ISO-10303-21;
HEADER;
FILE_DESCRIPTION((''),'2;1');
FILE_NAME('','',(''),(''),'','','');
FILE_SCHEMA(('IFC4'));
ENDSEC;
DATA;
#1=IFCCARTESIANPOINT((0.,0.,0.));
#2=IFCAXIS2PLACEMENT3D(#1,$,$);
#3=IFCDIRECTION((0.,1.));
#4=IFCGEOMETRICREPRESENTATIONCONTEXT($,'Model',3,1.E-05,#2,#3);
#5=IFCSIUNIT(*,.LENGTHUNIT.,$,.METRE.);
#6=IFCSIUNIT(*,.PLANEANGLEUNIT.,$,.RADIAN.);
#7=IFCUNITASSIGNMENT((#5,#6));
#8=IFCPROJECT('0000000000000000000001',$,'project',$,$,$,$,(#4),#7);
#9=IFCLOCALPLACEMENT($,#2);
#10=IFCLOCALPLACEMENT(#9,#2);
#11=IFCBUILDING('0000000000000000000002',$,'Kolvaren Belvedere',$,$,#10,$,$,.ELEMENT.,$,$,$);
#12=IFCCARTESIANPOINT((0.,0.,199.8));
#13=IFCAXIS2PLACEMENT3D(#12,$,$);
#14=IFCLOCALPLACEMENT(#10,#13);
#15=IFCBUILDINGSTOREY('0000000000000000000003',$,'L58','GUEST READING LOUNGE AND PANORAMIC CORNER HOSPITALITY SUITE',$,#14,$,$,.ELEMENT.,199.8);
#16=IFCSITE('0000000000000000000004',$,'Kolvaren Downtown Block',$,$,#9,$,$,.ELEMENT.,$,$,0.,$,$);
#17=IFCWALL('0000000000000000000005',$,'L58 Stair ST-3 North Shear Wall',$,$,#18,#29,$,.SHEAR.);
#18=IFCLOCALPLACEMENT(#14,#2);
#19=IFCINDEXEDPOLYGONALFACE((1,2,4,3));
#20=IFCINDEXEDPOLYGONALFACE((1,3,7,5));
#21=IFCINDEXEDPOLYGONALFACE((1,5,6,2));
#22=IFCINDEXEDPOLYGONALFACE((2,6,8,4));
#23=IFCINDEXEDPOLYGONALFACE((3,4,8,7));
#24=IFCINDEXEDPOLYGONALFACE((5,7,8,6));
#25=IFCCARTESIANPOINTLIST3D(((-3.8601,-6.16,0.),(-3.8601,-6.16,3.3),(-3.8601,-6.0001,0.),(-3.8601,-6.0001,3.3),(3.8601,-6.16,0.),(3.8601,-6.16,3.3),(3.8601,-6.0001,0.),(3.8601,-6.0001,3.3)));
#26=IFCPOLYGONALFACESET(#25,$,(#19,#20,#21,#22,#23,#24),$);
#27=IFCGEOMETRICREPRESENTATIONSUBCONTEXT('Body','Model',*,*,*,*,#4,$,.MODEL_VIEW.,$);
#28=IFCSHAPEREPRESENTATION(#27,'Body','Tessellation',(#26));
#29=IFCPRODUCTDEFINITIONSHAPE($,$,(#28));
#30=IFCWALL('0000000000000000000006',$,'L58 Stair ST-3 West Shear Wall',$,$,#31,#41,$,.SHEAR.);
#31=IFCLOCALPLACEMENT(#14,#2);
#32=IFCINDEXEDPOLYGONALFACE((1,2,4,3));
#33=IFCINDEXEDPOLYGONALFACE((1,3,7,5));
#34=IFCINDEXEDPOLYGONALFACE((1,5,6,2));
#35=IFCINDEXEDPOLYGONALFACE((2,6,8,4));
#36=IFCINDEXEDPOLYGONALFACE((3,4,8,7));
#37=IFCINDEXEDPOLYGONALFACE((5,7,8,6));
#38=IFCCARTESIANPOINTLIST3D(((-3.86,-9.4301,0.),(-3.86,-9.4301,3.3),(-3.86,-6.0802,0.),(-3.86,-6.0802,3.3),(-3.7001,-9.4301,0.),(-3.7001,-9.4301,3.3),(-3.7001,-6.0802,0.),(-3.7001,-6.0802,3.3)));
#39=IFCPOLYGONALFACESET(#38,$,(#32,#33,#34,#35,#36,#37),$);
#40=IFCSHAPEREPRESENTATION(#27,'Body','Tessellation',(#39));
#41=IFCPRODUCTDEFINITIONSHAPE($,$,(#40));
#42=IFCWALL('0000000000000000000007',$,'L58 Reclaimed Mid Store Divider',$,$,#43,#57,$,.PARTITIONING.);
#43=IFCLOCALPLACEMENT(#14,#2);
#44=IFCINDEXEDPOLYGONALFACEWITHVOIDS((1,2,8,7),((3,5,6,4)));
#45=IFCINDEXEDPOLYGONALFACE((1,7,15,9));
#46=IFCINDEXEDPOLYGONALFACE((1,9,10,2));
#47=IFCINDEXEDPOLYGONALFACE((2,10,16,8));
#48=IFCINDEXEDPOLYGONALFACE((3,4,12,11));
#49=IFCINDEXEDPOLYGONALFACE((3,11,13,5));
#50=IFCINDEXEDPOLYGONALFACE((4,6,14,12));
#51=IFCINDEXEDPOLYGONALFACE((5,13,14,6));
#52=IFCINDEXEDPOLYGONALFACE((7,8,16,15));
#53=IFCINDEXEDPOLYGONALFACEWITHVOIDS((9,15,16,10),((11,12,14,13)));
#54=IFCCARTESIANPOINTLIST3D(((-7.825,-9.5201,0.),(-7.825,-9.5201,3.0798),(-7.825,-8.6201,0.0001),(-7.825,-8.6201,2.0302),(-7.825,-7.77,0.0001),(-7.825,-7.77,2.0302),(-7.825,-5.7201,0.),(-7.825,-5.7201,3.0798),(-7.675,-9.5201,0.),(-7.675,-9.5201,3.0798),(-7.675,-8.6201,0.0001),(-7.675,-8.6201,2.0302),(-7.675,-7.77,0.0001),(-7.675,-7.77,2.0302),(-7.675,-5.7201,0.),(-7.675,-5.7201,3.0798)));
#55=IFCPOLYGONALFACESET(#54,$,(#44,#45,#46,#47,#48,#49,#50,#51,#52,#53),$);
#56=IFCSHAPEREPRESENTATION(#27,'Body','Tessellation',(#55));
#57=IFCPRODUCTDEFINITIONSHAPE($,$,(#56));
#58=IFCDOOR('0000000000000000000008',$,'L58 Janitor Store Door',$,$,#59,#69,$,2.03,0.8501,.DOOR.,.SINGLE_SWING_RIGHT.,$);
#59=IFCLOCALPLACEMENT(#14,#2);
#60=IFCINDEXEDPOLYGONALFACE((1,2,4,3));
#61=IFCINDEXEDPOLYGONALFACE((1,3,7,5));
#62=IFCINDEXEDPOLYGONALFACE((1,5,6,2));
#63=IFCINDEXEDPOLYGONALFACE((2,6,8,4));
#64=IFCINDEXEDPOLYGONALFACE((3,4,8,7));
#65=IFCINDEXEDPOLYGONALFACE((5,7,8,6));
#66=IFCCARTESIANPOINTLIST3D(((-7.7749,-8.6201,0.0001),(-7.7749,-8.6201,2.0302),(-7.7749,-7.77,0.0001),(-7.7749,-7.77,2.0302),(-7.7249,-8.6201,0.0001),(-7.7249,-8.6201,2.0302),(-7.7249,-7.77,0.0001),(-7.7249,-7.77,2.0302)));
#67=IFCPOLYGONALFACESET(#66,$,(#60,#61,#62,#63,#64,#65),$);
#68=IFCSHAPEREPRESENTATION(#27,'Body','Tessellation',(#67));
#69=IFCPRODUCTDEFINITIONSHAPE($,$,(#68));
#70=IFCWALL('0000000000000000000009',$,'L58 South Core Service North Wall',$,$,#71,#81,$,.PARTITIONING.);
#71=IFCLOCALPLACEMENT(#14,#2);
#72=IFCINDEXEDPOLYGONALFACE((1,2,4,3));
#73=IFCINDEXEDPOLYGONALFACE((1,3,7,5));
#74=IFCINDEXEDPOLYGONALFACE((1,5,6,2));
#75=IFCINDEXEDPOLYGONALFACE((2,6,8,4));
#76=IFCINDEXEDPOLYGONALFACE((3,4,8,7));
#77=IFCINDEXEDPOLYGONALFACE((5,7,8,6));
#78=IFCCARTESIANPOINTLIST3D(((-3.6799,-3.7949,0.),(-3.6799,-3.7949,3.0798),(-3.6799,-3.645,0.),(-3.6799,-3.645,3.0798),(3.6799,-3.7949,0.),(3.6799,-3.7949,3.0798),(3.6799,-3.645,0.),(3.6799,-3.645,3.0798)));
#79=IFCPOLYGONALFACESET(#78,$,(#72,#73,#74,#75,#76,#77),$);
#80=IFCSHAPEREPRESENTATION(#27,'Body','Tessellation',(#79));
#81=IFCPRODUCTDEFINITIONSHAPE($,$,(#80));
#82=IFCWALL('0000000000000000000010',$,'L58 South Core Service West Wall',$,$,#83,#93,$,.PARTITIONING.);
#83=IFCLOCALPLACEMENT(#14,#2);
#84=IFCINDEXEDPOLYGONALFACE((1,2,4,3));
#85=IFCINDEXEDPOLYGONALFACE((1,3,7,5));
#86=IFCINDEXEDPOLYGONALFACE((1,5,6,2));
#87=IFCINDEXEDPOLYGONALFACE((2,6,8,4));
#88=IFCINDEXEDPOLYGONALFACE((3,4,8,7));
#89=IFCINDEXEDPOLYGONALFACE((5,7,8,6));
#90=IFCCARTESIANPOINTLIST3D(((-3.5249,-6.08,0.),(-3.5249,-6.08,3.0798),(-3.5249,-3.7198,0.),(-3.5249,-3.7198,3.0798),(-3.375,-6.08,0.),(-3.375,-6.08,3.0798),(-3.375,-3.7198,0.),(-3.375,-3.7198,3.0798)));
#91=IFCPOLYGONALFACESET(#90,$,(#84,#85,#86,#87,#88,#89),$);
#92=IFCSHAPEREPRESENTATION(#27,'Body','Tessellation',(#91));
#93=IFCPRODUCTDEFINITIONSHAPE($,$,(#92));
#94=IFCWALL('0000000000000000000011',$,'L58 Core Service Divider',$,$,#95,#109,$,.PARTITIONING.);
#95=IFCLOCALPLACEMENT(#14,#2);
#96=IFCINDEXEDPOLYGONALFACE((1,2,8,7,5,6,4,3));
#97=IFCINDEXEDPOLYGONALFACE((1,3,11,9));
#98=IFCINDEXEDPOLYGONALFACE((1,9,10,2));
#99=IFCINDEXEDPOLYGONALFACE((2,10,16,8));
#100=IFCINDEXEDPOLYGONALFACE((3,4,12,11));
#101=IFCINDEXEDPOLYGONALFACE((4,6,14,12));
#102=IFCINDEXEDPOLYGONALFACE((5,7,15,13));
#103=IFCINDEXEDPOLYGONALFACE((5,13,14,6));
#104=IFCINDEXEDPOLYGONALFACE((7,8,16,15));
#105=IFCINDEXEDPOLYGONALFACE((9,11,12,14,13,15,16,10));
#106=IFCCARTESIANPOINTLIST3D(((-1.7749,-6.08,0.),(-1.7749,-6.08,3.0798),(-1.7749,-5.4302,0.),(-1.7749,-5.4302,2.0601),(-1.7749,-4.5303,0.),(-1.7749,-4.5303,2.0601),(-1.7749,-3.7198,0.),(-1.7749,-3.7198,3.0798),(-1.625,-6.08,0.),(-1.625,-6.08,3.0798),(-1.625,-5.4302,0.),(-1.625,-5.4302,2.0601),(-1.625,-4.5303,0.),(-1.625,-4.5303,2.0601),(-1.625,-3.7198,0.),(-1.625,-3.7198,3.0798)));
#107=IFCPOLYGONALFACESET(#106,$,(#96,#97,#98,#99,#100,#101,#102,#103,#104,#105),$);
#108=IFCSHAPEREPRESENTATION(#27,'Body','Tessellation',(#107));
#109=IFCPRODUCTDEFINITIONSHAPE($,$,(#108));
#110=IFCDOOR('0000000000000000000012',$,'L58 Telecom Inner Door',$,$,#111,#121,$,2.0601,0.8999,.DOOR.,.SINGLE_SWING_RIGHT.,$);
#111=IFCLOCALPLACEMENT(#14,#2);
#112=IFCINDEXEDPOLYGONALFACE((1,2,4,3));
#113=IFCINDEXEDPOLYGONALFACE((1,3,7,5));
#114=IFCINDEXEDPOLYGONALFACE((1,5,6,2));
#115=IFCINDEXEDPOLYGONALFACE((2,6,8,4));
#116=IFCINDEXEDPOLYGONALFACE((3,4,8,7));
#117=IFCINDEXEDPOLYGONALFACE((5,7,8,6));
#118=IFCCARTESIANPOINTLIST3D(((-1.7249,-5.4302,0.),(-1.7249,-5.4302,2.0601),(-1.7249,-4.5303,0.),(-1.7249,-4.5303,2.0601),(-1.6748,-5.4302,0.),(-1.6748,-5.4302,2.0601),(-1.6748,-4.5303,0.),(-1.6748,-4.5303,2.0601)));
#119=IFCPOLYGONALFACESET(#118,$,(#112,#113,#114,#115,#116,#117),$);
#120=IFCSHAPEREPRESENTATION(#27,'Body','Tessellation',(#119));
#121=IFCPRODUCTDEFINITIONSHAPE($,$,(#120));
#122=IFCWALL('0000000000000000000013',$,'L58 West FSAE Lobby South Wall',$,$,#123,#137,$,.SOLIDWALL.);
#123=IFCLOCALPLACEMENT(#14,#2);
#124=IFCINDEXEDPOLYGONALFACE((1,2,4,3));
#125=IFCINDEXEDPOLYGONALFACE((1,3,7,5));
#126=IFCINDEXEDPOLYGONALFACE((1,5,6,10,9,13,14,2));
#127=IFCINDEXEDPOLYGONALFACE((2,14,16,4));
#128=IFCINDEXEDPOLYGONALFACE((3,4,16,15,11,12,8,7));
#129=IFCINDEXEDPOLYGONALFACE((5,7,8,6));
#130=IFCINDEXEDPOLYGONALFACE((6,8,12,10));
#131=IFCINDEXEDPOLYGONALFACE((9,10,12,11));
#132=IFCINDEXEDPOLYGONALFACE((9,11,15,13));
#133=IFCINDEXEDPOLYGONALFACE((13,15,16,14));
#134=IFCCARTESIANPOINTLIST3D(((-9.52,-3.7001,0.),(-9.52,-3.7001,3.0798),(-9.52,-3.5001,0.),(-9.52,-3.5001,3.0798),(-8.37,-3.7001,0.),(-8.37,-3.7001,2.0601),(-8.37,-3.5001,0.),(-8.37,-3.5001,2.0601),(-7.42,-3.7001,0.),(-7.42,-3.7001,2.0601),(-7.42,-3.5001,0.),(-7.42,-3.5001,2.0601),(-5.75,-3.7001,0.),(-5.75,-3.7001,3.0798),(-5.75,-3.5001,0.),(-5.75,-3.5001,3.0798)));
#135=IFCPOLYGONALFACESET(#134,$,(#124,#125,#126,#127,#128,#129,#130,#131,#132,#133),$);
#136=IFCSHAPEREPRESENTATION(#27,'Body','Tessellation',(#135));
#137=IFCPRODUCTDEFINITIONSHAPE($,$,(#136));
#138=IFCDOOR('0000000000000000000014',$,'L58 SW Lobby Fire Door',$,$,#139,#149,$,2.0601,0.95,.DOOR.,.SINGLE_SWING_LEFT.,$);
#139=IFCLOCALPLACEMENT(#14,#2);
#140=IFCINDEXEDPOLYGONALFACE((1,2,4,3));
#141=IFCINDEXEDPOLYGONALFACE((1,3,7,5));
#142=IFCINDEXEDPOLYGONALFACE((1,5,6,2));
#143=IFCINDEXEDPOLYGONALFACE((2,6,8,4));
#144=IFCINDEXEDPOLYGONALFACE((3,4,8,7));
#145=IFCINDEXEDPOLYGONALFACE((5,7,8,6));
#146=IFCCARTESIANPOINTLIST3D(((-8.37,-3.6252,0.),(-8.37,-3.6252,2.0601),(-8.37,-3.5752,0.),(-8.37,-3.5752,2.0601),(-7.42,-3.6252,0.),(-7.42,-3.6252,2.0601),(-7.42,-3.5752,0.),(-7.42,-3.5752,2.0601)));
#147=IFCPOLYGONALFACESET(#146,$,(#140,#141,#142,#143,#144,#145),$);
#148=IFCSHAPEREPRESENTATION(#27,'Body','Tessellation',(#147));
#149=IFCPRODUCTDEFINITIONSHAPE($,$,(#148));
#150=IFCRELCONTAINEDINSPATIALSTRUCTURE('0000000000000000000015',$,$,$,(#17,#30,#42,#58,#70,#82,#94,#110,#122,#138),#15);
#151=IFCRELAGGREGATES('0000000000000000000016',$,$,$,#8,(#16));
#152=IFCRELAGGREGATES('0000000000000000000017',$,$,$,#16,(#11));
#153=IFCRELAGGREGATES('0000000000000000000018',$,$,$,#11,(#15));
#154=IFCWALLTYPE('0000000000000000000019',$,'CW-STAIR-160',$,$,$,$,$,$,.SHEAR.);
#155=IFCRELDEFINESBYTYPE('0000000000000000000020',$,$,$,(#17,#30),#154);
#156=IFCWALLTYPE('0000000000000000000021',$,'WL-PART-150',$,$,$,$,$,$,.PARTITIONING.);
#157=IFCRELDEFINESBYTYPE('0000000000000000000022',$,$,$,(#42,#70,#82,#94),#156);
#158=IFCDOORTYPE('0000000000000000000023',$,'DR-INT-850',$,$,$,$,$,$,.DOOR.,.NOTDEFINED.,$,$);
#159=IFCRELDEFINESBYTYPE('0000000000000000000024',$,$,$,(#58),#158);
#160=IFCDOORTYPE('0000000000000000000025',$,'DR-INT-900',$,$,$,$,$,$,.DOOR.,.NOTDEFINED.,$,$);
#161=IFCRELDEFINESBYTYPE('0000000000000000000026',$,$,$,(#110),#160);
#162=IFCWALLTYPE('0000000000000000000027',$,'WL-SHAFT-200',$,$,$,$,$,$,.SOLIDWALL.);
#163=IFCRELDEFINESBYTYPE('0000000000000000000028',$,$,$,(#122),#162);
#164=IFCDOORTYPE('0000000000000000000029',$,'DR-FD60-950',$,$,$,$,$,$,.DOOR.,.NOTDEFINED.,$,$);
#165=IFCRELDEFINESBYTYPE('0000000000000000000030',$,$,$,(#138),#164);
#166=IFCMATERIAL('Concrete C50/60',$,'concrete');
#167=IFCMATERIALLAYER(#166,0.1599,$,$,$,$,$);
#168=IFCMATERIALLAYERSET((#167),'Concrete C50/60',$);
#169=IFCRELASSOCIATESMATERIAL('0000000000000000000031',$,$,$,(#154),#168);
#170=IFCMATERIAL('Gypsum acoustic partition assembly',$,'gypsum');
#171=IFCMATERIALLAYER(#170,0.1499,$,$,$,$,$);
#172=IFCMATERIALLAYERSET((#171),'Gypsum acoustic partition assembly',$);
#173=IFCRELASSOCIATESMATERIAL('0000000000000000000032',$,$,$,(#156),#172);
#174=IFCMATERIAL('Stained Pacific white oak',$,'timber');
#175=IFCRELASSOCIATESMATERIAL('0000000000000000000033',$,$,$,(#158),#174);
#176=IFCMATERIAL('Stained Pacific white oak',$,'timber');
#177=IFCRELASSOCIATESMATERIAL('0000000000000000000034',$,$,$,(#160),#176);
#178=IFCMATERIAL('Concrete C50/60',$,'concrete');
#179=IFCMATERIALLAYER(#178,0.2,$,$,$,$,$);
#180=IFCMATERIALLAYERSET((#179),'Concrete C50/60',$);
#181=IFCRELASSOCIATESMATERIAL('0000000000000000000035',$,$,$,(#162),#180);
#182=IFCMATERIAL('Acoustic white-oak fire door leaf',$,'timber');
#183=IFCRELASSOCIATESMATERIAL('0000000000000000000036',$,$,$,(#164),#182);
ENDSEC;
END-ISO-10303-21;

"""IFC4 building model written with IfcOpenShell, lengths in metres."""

from ifc_helpers import new_model, si_unit, direction, frame, frame_2d, origin, place, context, subcontext, project, spatial, rectangle, extrude, material, layer, layer_set, type_object, element, fill, save


model = new_model("IFC4")

# Units and contexts
model_context = context("Model", 3, precision=1e-05, world=origin(), true_north=direction((0.0, 1.0)))
body_context = subcontext(model_context, "Body", "Model", "MODEL_VIEW")
ifc_project = project(units=[si_unit("LENGTHUNIT", "METRE"), si_unit("PLANEANGLEUNIT", "RADIAN")], contexts=[model_context])

# Site, building, storey
site_placement = place(None, origin())
site = spatial("IfcSite", under=ifc_project, at=site_placement, Name="Kolvaren Downtown Block", CompositionType="ELEMENT", RefElevation=0.0)
building_placement = place(site_placement, origin())
building = spatial("IfcBuilding", under=site, at=building_placement, Name="Kolvaren Belvedere", CompositionType="ELEMENT")
storey_placement = place(building_placement, frame((0.0, 0.0, 199.8)))
storey = spatial("IfcBuildingStorey", under=building, at=storey_placement, Name="L58", Description="GUEST READING LOUNGE AND PANORAMIC CORNER HOSPITALITY SUITE", CompositionType="ELEMENT", Elevation=199.8)

# Walls
ifc_material_1 = material(Name="Concrete C50/60", Category="concrete")
ifc_layer_1 = layer(ifc_material_1, 0.1599)
ifc_layer_set_1 = layer_set([ifc_layer_1], Name="Concrete C50/60")
wall_type_1 = type_object("IfcWallType", Name="CW-STAIR-160", PredefinedType="SHEAR", material=ifc_layer_set_1)
wall_1_placement = place(storey_placement, frame((-3.8601, -6.0801, 0.0), z_axis=(0.0, 0.0, 1.0), x_axis=(1.0, 0.0, 0.0)))
element("IfcWall", 1, at=wall_1_placement, inside=storey, type_object=wall_type_1, Name="L58 Stair ST-3 North Shear Wall", PredefinedType="SHEAR", context=body_context, shape_type="SweptSolid", body=[
    extrude(rectangle(XDim=7.7202, YDim=0.1599, at=frame_2d((3.8601, 0.0))), origin(), (0.0, 0.0, 1.0), 3.3),
])
wall_2_placement = place(storey_placement, frame((-3.78, -9.4299, 0.0), z_axis=(0.0, 0.0, 1.0), x_axis=(0.0, 1.0, 0.0)))
element("IfcWall", 2, at=wall_2_placement, inside=storey, type_object=wall_type_1, Name="L58 Stair ST-3 West Shear Wall", PredefinedType="SHEAR", context=body_context, shape_type="SweptSolid", body=[
    extrude(rectangle(XDim=3.3499, YDim=0.1599, at=frame_2d((1.6748, 0.0))), origin(), (0.0, 0.0, 1.0), 3.3),
])

# Wall, opening, door
ifc_material_2 = material(Name="Gypsum acoustic partition assembly", Category="gypsum")
ifc_layer_2 = layer(ifc_material_2, 0.1499)
ifc_layer_set_2 = layer_set([ifc_layer_2], Name="Gypsum acoustic partition assembly")
wall_type_2 = type_object("IfcWallType", Name="WL-PART-150", PredefinedType="PARTITIONING", material=ifc_layer_set_2)
wall_3_placement = place(storey_placement, frame((-7.75, -9.52, 0.0), z_axis=(0.0, 0.0, 1.0), x_axis=(0.0, 1.0, 0.0)))
wall_3 = element("IfcWall", 3, at=wall_3_placement, inside=storey, type_object=wall_type_2, Name="L58 Reclaimed Mid Store Divider", PredefinedType="PARTITIONING", context=body_context, shape_type="SweptSolid", body=[
    extrude(rectangle(XDim=3.8, YDim=0.1499, at=frame_2d((1.8999, 0.0))), origin(), (0.0, 0.0, 1.0), 3.0798),
])
opening_1_placement = place(wall_3_placement, frame((0.8999, 0.0, 0.0)))
opening_1 = element("IfcOpeningElement", 4, at=opening_1_placement, cuts=wall_3, PredefinedType="OPENING", context=body_context, shape_type="SweptSolid", body=[
    extrude(rectangle(XDim=0.8501, YDim=2.03, at=frame_2d((0.425, 1.0151))), frame((0.0, 0.085, 0.0), z_axis=(0.0, -1.0, 0.0), x_axis=(1.0, 0.0, 0.0)), (0.0, 0.0, 1.0), 0.1699),
])
ifc_material_3 = material(Name="Stained Pacific white oak", Category="timber")
door_type_1 = type_object("IfcDoorType", Name="DR-INT-850", OperationType="NOTDEFINED", PredefinedType="DOOR", material=ifc_material_3)
door_1_placement = place(opening_1_placement, origin())
door_1 = element("IfcDoor", 5, at=door_1_placement, inside=storey, type_object=door_type_1, Name="L58 Janitor Store Door", OperationType="SINGLE_SWING_RIGHT", OverallHeight=2.03, OverallWidth=0.8501, PredefinedType="DOOR", context=body_context, shape_type="SweptSolid", body=[
    extrude(rectangle(XDim=0.8501, YDim=2.03, at=frame_2d((0.425, 1.0151))), frame((0.0, 0.0249, 0.0), z_axis=(0.0, -1.0, 0.0), x_axis=(1.0, 0.0, 0.0)), (0.0, 0.0, 1.0), 0.05),
])
fill(opening_1, door_1)

# Walls
wall_4_placement = place(storey_placement, frame((-3.6799, -3.72, 0.0), z_axis=(0.0, 0.0, 1.0), x_axis=(1.0, 0.0, 0.0)))
element("IfcWall", 6, at=wall_4_placement, inside=storey, type_object=wall_type_2, Name="L58 South Core Service North Wall", PredefinedType="PARTITIONING", context=body_context, shape_type="SweptSolid", body=[
    extrude(rectangle(XDim=7.3599, YDim=0.1499, at=frame_2d((3.6799, 0.0))), origin(), (0.0, 0.0, 1.0), 3.0798),
])
wall_5_placement = place(storey_placement, frame((-3.45, -6.0801, 0.0), z_axis=(0.0, 0.0, 1.0), x_axis=(0.0, 1.0, 0.0)))
element("IfcWall", 7, at=wall_5_placement, inside=storey, type_object=wall_type_2, Name="L58 South Core Service West Wall", PredefinedType="PARTITIONING", context=body_context, shape_type="SweptSolid", body=[
    extrude(rectangle(XDim=2.3601, YDim=0.1499, at=frame_2d((1.1802, 0.0))), origin(), (0.0, 0.0, 1.0), 3.0798),
])

# Walls, openings, doors
wall_6_placement = place(storey_placement, frame((-1.7, -6.0801, 0.0), z_axis=(0.0, 0.0, 1.0), x_axis=(0.0, 1.0, 0.0)))
wall_6 = element("IfcWall", 8, at=wall_6_placement, inside=storey, type_object=wall_type_2, Name="L58 Core Service Divider", PredefinedType="PARTITIONING", context=body_context, shape_type="SweptSolid", body=[
    extrude(rectangle(XDim=2.3601, YDim=0.1499, at=frame_2d((1.1802, 0.0))), origin(), (0.0, 0.0, 1.0), 3.0798),
])
opening_2_placement = place(wall_6_placement, frame((0.6499, 0.0, 0.0)))
opening_2 = element("IfcOpeningElement", 9, at=opening_2_placement, cuts=wall_6, PredefinedType="OPENING", context=body_context, shape_type="SweptSolid", body=[
    extrude(rectangle(XDim=0.8999, YDim=2.0601, at=frame_2d((0.45, 1.03))), frame((0.0, 0.085, 0.0), z_axis=(0.0, -1.0, 0.0), x_axis=(1.0, 0.0, 0.0)), (0.0, 0.0, 1.0), 0.1699),
])
ifc_material_4 = material(Name="Stained Pacific white oak", Category="timber")
door_type_2 = type_object("IfcDoorType", Name="DR-INT-900", OperationType="NOTDEFINED", PredefinedType="DOOR", material=ifc_material_4)
door_2_placement = place(opening_2_placement, origin())
door_2 = element("IfcDoor", 10, at=door_2_placement, inside=storey, type_object=door_type_2, Name="L58 Telecom Inner Door", OperationType="SINGLE_SWING_RIGHT", OverallHeight=2.0601, OverallWidth=0.8999, PredefinedType="DOOR", context=body_context, shape_type="SweptSolid", body=[
    extrude(rectangle(XDim=0.8999, YDim=2.0601, at=frame_2d((0.45, 1.03))), frame((0.0, 0.0249, 0.0), z_axis=(0.0, -1.0, 0.0), x_axis=(1.0, 0.0, 0.0)), (0.0, 0.0, 1.0), 0.05),
])
fill(opening_2, door_2)
ifc_material_5 = material(Name="Concrete C50/60", Category="concrete")
ifc_layer_3 = layer(ifc_material_5, 0.2)
ifc_layer_set_3 = layer_set([ifc_layer_3], Name="Concrete C50/60")
wall_type_3 = type_object("IfcWallType", Name="WL-SHAFT-200", PredefinedType="SOLIDWALL", material=ifc_layer_set_3)
wall_7_placement = place(storey_placement, frame((-9.52, -3.6001, 0.0), z_axis=(0.0, 0.0, 1.0), x_axis=(1.0, 0.0, 0.0)))
wall_7 = element("IfcWall", 11, at=wall_7_placement, inside=storey, type_object=wall_type_3, Name="L58 West FSAE Lobby South Wall", PredefinedType="SOLIDWALL", context=body_context, shape_type="SweptSolid", body=[
    extrude(rectangle(XDim=3.77, YDim=0.2, at=frame_2d((1.885, 0.0))), origin(), (0.0, 0.0, 1.0), 3.0798),
])
opening_3_placement = place(wall_7_placement, frame((1.1499, 0.0, 0.0)))
opening_3 = element("IfcOpeningElement", 12, at=opening_3_placement, cuts=wall_7, PredefinedType="OPENING", context=body_context, shape_type="SweptSolid", body=[
    extrude(rectangle(XDim=0.95, YDim=2.0601, at=frame_2d((0.4751, 1.03))), frame((0.0, 0.1099, 0.0), z_axis=(0.0, -1.0, 0.0), x_axis=(1.0, 0.0, 0.0)), (0.0, 0.0, 1.0), 0.22),
])
ifc_material_6 = material(Name="Acoustic white-oak fire door leaf", Category="timber")
door_type_3 = type_object("IfcDoorType", Name="DR-FD60-950", OperationType="NOTDEFINED", PredefinedType="DOOR", material=ifc_material_6)
door_3_placement = place(opening_3_placement, origin())
door_3 = element("IfcDoor", 13, at=door_3_placement, inside=storey, type_object=door_type_3, Name="L58 SW Lobby Fire Door", OperationType="SINGLE_SWING_LEFT", OverallHeight=2.0601, OverallWidth=0.95, PredefinedType="DOOR", context=body_context, shape_type="SweptSolid", body=[
    extrude(rectangle(XDim=0.95, YDim=2.0601, at=frame_2d((0.4751, 1.03))), frame((0.0, 0.0249, 0.0), z_axis=(0.0, -1.0, 0.0), x_axis=(1.0, 0.0, 0.0)), (0.0, 0.0, 1.0), 0.05),
])
fill(opening_3, door_3)

save(model, "model.ifc")
